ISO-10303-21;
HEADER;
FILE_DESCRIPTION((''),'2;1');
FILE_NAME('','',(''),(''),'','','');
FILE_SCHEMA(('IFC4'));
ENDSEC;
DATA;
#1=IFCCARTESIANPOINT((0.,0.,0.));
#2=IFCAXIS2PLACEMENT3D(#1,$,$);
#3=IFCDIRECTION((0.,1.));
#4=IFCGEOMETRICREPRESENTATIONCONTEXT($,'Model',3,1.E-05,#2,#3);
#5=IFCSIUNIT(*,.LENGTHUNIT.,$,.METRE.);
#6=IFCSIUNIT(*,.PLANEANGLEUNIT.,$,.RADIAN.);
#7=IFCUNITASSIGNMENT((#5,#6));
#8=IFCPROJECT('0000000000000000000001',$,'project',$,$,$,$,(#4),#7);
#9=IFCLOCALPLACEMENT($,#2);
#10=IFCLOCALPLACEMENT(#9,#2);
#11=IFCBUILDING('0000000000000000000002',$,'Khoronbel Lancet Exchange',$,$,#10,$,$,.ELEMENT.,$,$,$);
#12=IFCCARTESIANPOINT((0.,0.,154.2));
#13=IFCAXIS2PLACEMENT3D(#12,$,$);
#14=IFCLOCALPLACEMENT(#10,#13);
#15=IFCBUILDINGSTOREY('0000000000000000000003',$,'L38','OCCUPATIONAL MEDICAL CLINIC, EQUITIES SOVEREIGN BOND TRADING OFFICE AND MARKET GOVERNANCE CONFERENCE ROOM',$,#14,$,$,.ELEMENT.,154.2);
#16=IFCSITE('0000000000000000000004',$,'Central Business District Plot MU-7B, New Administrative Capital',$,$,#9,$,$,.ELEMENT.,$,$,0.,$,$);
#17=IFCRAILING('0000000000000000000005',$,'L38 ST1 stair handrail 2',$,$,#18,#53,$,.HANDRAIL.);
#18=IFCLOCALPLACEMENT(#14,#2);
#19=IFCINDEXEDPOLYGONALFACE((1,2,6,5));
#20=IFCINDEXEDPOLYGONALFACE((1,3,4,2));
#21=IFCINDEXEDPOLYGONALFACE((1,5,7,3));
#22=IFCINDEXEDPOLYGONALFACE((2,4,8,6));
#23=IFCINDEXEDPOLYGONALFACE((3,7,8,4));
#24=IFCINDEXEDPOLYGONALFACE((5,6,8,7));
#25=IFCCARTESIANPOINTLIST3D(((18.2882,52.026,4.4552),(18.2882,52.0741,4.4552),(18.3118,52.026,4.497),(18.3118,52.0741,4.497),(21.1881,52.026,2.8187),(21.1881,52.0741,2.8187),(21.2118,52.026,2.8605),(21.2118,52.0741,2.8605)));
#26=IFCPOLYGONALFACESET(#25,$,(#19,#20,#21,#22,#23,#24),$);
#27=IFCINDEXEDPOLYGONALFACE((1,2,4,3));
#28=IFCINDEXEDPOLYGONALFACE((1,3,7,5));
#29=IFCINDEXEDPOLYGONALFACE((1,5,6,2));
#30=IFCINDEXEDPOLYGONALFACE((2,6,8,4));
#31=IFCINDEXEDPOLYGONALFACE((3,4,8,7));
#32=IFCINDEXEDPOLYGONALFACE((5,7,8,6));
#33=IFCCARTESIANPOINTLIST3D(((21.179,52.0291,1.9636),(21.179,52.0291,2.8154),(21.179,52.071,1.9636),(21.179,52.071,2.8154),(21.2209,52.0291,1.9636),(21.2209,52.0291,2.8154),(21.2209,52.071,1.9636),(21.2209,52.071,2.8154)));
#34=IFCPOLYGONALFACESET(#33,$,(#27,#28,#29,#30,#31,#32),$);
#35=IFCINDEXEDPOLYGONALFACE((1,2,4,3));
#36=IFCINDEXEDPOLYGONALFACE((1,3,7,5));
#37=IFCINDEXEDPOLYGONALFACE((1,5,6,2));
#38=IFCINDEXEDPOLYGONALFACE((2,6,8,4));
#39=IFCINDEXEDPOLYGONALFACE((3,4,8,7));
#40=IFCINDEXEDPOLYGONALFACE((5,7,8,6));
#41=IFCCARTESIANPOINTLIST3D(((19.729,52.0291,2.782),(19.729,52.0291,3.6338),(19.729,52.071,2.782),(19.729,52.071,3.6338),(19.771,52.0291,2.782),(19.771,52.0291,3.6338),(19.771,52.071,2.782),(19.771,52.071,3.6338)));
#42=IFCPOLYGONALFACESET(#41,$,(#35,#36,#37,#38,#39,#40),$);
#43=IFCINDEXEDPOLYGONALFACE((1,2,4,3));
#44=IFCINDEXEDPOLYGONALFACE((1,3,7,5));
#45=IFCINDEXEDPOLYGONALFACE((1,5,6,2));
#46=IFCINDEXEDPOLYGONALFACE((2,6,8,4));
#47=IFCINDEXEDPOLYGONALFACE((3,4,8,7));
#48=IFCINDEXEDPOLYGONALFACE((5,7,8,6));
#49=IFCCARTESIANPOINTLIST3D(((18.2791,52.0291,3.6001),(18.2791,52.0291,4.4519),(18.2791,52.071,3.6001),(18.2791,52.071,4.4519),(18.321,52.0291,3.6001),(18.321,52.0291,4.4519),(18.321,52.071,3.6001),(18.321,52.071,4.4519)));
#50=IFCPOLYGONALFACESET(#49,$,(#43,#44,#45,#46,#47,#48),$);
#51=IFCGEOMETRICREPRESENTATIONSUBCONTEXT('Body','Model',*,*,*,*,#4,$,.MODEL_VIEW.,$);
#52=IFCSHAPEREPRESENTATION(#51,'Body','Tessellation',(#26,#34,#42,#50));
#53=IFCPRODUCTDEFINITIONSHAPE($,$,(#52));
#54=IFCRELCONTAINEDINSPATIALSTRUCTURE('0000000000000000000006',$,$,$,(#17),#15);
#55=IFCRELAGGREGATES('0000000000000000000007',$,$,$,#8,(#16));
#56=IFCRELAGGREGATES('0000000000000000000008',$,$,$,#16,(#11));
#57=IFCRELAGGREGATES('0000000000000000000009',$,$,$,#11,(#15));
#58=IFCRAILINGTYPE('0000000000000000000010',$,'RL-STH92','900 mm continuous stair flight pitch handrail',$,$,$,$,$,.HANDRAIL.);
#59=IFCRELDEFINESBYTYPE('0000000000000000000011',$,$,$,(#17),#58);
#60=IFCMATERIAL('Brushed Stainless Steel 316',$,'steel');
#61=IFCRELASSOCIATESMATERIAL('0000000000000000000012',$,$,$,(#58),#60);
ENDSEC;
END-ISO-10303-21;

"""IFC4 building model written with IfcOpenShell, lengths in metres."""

from ifc_helpers import new_model, si_unit, direction, frame, origin, origin_2d, place, context, subcontext, project, spatial, rectangle, extrude, material, type_object, element, save


model = new_model("IFC4")

# Units and contexts
model_context = context("Model", 3, precision=1e-05, world=origin(), true_north=direction((0.0, 1.0)))
body_context = subcontext(model_context, "Body", "Model", "MODEL_VIEW")
ifc_project = project(units=[si_unit("LENGTHUNIT", "METRE"), si_unit("PLANEANGLEUNIT", "RADIAN")], contexts=[model_context])

# Site, building, storey
site_placement = place(None, origin())
site = spatial("IfcSite", under=ifc_project, at=site_placement, Name="Central Business District Plot MU-7B, New Administrative Capital", CompositionType="ELEMENT", RefElevation=0.0)
building_placement = place(site_placement, origin())
building = spatial("IfcBuilding", under=site, at=building_placement, Name="Khoronbel Lancet Exchange", CompositionType="ELEMENT")
storey_placement = place(building_placement, frame((0.0, 0.0, 154.2)))
storey = spatial("IfcBuildingStorey", under=building, at=storey_placement, Name="L38", Description="OCCUPATIONAL MEDICAL CLINIC, EQUITIES SOVEREIGN BOND TRADING OFFICE AND MARKET GOVERNANCE CONFERENCE ROOM", CompositionType="ELEMENT", Elevation=154.2)

# Railing
ifc_material_1 = material(Name="Brushed Stainless Steel 316", Category="steel")
railing_type_1 = type_object("IfcRailingType", Name="RL-STH92", Description="900 mm continuous stair flight pitch handrail", PredefinedType="HANDRAIL", material=ifc_material_1)
railing_1_placement = place(storey_placement, frame((21.2, 52.05, 1.9636)))
element("IfcRailing", 1, at=railing_1_placement, inside=storey, type_object=railing_type_1, Name="L38 ST1 stair handrail 2", PredefinedType="HANDRAIL", context=body_context, shape_type="SweptSolid", body=[
    extrude(rectangle(XDim=0.0481, YDim=0.0481, at=origin_2d()), frame((0.0, 0.0, 0.876), z_axis=(-0.870897, 0.0, 0.491465), x_axis=(0.0, -1.0, 0.0)), (0.0, 0.0, 1.0), 3.3298),
    extrude(rectangle(XDim=0.042, YDim=0.042, at=origin_2d()), origin(), (0.0, 0.0, 1.0), 0.8518),
    extrude(rectangle(XDim=0.042, YDim=0.042, at=origin_2d()), frame((-1.45, 0.0, 0.8184)), (0.0, 0.0, 1.0), 0.8518),
    extrude(rectangle(XDim=0.042, YDim=0.042, at=origin_2d()), frame((-2.8999, 0.0, 1.6365)), (0.0, 0.0, 1.0), 0.8518),
])

save(model, "model.ifc")
